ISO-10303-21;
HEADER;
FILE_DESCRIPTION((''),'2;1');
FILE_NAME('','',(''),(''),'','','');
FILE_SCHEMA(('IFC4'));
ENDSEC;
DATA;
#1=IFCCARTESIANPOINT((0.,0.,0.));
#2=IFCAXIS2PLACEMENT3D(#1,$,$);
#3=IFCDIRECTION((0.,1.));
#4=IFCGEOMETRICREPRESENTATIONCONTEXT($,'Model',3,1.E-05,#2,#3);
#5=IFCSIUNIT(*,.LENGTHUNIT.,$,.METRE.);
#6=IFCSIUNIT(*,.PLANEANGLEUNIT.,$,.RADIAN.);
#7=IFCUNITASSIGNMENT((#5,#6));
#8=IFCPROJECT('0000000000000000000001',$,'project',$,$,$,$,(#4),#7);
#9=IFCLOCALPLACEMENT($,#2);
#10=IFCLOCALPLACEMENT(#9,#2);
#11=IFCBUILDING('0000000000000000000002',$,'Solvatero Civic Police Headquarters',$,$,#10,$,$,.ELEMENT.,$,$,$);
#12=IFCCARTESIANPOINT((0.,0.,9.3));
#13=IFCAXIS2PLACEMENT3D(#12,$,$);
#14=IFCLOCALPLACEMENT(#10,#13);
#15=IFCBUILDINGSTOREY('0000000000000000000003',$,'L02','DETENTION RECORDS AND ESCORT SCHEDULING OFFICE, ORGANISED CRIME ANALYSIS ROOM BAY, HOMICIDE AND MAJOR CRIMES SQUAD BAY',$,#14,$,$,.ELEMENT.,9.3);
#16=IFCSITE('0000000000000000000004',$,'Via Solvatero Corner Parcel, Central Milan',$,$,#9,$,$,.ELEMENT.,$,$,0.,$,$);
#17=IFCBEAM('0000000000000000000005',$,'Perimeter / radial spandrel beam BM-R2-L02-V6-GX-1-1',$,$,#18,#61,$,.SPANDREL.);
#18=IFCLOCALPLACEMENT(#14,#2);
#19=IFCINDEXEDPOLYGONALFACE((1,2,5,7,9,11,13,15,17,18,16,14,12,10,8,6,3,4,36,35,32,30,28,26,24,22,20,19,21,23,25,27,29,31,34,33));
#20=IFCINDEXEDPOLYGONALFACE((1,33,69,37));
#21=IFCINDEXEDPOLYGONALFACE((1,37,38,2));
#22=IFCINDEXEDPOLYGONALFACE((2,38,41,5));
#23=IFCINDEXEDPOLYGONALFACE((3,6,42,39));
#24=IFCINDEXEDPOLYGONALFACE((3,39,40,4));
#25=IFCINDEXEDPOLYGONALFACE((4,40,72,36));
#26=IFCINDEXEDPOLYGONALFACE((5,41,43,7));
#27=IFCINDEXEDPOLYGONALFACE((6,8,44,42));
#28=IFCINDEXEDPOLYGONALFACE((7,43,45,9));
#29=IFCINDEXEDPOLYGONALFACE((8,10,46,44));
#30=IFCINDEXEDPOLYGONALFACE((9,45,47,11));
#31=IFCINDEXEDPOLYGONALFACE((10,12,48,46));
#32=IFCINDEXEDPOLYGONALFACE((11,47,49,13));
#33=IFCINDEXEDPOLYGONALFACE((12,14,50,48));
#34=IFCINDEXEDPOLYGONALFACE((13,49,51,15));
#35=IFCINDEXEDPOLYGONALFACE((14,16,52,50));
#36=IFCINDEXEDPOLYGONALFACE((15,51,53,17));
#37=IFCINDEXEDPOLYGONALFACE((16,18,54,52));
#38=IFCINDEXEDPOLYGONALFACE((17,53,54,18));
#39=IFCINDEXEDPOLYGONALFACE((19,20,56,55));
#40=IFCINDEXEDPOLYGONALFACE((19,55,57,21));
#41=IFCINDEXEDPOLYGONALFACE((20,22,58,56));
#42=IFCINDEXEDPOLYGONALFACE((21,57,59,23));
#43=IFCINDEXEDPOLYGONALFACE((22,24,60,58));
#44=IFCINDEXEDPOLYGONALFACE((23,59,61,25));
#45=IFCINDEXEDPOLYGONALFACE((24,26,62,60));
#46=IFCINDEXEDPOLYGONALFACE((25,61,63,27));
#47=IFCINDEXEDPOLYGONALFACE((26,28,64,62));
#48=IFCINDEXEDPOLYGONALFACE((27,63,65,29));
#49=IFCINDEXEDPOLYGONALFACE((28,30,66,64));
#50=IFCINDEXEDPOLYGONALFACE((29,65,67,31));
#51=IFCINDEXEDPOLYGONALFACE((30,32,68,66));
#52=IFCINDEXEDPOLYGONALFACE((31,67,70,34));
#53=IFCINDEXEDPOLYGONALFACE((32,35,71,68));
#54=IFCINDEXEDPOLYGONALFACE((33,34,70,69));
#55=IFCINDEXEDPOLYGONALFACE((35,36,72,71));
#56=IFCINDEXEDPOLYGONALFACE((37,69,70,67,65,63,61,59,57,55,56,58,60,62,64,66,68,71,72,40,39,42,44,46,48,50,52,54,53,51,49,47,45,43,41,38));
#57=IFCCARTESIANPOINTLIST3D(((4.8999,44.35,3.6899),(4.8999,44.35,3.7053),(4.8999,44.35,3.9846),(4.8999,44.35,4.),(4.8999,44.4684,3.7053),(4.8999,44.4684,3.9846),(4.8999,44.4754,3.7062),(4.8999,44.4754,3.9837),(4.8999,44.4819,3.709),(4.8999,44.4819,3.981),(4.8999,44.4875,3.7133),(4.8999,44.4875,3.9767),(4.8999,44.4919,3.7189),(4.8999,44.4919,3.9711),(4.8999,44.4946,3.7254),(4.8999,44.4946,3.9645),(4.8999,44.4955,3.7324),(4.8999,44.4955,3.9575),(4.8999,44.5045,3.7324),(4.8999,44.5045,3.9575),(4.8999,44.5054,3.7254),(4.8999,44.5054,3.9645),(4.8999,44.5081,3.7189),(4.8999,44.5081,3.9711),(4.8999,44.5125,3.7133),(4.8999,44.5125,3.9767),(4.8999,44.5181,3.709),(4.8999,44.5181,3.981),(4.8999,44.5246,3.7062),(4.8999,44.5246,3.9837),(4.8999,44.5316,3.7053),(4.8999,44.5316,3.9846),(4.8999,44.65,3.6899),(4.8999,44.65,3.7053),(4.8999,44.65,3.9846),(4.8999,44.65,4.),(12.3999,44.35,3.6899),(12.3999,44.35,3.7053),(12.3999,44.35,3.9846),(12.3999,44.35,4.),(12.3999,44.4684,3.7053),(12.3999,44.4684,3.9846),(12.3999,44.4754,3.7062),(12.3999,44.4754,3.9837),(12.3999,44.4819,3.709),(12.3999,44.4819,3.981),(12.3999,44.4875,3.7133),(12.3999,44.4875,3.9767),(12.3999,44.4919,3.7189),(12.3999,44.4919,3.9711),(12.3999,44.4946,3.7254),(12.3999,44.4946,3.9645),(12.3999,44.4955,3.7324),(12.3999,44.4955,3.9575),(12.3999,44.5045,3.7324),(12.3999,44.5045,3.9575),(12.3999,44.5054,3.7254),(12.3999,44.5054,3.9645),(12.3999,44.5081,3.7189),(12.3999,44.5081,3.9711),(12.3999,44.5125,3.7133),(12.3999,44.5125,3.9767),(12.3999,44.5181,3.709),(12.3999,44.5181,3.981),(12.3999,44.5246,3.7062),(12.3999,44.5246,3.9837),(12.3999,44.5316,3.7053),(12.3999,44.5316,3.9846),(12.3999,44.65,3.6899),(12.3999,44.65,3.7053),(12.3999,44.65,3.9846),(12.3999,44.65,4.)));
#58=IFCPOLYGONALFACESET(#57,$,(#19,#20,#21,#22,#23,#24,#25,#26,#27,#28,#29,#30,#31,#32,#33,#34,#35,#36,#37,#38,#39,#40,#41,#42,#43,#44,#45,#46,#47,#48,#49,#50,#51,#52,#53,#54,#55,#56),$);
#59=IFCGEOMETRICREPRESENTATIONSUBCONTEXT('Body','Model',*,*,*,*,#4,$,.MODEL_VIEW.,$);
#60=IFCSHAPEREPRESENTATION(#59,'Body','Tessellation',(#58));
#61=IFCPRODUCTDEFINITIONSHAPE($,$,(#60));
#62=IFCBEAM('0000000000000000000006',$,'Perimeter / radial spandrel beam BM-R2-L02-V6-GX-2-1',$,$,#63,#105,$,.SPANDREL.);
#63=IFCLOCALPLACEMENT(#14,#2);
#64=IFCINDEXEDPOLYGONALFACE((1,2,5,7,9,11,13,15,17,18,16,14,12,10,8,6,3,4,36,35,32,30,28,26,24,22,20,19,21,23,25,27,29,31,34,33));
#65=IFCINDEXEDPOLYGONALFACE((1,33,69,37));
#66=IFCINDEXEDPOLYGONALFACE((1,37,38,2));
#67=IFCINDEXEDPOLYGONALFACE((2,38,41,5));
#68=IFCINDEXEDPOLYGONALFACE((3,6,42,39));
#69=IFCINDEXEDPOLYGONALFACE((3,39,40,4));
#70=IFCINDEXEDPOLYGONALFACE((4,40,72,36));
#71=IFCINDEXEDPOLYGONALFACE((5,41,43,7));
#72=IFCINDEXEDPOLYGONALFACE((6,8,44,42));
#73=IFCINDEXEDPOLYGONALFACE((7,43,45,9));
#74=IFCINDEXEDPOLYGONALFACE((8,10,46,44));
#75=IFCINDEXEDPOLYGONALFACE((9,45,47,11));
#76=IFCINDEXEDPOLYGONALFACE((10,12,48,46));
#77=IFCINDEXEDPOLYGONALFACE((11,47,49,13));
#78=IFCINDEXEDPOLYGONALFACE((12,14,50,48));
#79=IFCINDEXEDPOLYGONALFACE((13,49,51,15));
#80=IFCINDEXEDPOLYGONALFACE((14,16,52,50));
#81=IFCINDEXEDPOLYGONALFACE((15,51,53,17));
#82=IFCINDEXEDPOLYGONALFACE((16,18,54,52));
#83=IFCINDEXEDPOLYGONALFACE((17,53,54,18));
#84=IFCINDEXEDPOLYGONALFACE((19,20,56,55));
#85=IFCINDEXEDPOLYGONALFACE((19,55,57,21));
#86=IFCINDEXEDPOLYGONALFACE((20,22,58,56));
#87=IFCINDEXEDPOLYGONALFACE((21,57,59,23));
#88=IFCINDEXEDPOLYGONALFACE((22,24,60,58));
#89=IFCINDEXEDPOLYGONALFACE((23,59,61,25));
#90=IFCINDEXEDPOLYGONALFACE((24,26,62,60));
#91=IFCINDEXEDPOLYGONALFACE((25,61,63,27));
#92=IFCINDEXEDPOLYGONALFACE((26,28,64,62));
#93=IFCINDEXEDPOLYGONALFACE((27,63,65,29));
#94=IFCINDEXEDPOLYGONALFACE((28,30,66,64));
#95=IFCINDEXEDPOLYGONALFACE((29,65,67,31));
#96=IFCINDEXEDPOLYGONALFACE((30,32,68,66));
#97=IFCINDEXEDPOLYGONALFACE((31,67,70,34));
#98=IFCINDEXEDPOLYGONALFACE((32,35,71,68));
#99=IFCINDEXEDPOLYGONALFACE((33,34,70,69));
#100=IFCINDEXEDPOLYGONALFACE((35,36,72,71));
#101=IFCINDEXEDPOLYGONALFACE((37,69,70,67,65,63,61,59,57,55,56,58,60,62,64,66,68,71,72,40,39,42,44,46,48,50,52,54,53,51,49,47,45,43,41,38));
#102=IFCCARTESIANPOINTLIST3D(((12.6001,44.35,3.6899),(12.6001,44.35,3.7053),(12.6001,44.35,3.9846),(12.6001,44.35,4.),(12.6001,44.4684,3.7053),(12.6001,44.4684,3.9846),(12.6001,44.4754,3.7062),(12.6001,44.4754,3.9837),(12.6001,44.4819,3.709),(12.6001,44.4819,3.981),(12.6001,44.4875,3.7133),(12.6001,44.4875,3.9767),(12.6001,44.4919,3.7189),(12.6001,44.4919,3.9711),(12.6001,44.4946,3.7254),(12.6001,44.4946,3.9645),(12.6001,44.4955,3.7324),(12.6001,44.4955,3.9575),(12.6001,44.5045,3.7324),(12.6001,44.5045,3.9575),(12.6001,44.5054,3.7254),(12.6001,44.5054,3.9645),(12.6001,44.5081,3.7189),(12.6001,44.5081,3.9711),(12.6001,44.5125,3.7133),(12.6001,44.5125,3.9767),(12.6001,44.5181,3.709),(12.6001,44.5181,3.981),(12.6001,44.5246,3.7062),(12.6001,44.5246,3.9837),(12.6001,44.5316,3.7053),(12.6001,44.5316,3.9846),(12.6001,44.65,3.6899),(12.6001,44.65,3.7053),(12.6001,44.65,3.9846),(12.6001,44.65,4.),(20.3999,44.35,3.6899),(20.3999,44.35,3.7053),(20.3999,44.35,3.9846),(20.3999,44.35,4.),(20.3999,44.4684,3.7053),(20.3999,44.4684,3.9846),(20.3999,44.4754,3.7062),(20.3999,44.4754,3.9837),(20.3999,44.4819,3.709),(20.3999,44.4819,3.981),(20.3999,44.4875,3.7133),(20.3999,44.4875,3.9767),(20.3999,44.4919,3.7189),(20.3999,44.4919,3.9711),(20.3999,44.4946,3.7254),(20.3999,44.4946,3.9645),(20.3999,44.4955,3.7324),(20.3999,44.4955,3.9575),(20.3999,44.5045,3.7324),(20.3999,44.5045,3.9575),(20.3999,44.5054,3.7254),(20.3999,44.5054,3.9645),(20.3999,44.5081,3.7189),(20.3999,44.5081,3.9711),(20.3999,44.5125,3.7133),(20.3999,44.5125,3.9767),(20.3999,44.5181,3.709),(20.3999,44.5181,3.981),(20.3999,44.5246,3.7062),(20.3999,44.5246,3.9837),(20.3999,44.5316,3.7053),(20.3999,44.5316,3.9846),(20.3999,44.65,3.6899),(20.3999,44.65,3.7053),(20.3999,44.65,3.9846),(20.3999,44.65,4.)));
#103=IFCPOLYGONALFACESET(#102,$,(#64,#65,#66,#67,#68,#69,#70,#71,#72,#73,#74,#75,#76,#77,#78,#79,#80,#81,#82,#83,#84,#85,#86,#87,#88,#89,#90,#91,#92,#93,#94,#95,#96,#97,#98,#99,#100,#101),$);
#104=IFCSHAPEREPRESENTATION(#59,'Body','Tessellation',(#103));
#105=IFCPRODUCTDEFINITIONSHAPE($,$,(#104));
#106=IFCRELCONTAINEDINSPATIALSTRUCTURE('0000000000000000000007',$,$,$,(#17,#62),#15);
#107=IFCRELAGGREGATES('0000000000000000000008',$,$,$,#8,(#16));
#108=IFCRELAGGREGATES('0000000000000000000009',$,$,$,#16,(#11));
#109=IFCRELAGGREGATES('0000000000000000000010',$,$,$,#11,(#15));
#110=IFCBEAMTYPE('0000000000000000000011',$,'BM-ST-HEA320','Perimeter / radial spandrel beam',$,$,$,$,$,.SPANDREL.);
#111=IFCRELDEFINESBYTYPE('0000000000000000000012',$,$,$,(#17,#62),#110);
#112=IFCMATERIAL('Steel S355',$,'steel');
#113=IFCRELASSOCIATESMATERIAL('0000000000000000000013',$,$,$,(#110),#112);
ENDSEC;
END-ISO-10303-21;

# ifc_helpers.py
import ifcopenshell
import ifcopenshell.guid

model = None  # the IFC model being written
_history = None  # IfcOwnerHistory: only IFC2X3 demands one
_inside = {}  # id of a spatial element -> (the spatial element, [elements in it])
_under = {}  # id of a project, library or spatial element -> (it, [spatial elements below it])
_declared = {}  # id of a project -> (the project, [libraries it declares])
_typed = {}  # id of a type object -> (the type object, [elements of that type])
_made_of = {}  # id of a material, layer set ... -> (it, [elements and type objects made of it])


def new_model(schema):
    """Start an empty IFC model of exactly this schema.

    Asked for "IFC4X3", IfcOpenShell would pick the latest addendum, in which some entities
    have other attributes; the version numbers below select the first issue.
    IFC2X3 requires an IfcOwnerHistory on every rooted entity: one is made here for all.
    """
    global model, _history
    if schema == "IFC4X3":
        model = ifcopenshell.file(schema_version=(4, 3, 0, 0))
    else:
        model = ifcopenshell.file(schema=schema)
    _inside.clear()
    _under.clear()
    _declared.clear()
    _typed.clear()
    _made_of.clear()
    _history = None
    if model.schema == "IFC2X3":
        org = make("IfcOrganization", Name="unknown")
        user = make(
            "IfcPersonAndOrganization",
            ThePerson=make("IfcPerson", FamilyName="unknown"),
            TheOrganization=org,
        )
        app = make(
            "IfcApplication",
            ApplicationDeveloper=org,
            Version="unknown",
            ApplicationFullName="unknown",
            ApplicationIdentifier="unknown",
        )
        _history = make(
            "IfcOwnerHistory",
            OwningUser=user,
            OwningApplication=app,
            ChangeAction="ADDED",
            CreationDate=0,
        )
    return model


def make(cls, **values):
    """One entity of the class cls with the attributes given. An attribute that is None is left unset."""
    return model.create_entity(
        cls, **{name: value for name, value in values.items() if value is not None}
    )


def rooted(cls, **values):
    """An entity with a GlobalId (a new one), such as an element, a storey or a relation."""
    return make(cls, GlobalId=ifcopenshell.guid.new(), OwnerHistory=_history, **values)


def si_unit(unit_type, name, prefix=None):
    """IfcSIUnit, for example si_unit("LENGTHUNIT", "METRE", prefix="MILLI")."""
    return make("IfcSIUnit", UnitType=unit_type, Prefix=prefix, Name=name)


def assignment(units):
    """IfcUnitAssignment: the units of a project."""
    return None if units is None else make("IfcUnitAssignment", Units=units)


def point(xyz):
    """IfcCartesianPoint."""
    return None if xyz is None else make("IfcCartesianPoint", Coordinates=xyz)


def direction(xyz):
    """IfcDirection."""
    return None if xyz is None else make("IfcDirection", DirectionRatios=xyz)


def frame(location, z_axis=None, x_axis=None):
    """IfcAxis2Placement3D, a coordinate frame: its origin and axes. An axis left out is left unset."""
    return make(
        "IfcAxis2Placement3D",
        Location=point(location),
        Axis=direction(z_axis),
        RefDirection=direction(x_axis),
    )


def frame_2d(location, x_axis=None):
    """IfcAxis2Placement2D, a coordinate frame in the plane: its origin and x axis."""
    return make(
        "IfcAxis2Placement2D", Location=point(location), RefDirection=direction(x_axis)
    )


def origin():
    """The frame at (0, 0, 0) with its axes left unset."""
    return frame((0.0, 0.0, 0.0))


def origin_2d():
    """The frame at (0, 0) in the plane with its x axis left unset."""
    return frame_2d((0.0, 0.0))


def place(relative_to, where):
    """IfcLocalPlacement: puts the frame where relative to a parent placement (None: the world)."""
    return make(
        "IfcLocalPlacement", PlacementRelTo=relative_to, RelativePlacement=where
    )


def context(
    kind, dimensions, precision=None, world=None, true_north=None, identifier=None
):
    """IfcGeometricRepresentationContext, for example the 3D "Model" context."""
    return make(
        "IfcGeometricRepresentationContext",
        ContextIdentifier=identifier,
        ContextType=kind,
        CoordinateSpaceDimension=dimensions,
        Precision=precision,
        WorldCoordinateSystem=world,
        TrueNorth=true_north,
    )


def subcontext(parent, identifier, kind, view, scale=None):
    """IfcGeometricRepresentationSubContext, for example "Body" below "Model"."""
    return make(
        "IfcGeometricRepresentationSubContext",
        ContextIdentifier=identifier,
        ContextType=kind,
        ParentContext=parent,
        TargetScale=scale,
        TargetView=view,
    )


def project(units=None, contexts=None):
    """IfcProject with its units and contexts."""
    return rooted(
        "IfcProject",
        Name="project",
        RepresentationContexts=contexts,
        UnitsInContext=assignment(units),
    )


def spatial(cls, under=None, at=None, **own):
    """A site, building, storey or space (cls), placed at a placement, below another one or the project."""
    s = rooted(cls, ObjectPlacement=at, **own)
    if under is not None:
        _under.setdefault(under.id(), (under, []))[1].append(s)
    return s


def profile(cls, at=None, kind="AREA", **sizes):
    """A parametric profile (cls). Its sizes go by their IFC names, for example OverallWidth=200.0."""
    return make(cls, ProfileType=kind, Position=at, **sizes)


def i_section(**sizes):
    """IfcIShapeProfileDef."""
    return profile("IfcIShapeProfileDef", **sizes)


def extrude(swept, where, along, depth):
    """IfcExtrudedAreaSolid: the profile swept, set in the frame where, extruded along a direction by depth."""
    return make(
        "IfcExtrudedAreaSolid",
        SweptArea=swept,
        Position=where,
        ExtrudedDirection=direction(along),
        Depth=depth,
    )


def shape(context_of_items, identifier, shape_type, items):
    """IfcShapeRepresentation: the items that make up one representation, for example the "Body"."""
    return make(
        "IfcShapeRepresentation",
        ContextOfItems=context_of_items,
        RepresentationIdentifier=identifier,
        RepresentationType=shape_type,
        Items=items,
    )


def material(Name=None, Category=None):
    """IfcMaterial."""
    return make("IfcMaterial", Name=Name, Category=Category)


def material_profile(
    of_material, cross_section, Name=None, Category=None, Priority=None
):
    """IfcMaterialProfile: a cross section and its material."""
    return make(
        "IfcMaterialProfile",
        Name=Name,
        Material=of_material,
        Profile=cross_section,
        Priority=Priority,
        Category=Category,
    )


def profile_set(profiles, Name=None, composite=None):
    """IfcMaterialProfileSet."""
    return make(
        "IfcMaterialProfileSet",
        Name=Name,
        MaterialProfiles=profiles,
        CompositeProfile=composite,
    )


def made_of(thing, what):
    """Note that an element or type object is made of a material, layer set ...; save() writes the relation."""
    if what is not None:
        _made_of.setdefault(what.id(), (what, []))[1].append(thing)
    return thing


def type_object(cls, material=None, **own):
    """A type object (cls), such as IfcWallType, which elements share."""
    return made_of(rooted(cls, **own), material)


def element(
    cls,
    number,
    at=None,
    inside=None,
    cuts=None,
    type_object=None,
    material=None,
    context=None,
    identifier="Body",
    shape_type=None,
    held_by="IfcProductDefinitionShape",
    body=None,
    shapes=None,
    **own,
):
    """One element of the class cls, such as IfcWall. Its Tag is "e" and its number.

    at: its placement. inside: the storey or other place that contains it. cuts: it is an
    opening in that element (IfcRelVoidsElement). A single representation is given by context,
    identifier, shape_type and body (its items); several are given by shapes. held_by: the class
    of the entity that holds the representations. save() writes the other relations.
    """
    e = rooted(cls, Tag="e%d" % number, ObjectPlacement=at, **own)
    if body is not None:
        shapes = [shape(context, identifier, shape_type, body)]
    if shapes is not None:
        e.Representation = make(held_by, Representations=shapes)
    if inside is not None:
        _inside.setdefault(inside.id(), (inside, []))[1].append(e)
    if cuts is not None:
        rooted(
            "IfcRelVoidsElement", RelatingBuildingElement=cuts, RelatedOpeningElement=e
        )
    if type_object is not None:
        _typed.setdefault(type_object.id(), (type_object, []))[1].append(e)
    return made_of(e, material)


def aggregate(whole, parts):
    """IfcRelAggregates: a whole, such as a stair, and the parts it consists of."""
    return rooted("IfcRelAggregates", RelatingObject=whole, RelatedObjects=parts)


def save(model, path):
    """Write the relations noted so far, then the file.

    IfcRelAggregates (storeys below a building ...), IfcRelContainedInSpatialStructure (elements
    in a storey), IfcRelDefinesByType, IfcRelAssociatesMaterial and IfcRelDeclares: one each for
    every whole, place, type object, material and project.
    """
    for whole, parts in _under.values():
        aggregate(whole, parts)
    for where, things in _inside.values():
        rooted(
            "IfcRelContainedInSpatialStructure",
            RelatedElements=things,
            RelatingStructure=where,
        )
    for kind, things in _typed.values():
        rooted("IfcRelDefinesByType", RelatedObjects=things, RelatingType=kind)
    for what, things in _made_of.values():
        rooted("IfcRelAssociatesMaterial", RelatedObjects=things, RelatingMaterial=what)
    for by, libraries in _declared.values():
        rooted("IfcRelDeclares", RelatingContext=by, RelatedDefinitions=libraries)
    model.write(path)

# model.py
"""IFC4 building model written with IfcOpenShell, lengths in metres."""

from ifc_helpers import new_model, si_unit, direction, frame, origin, origin_2d, place, context, subcontext, project, spatial, i_section, extrude, material, material_profile, profile_set, type_object, element, save


model = new_model("IFC4")

# Units and contexts
model_context = context("Model", 3, precision=1e-05, world=origin(), true_north=direction((0.0, 1.0)))
body_context = subcontext(model_context, "Body", "Model", "MODEL_VIEW")
ifc_project = project(units=[si_unit("LENGTHUNIT", "METRE"), si_unit("PLANEANGLEUNIT", "RADIAN")], contexts=[model_context])

# Site, building, storey
site_placement = place(None, origin())
site = spatial("IfcSite", under=ifc_project, at=site_placement, Name="Via Solvatero Corner Parcel, Central Milan", CompositionType="ELEMENT", RefElevation=0.0)
building_placement = place(site_placement, origin())
building = spatial("IfcBuilding", under=site, at=building_placement, Name="Solvatero Civic Police Headquarters", CompositionType="ELEMENT")
storey_placement = place(building_placement, frame((0.0, 0.0, 9.3)))
storey = spatial("IfcBuildingStorey", under=building, at=storey_placement, Name="L02", Description="DETENTION RECORDS AND ESCORT SCHEDULING OFFICE, ORGANISED CRIME ANALYSIS ROOM BAY, HOMICIDE AND MAJOR CRIMES SQUAD BAY", CompositionType="ELEMENT", Elevation=9.3)

# Shared definitions
ifc_material_1 = material(Name="Steel S355", Category="steel")

# Beams
ifc_material_profile_1 = material_profile(ifc_material_1, i_section(OverallWidth=0.3, OverallDepth=0.3101, WebThickness=0.009, FlangeThickness=0.0154, FilletRadius=0.0271, at=origin_2d()), Name="HEA 320")
ifc_profile_set_1 = profile_set([ifc_material_profile_1], Name="Steel S355")
beam_type_1 = type_object("IfcBeamType", Name="BM-ST-HEA320", Description="Perimeter / radial spandrel beam", PredefinedType="SPANDREL", material=ifc_profile_set_1)
beam_1_placement = place(storey_placement, frame((4.8999, 44.5, 3.845), z_axis=(1.0, 0.0, 0.0), x_axis=(0.0, 1.0, 0.0)))
element("IfcBeam", 1, at=beam_1_placement, inside=storey, type_object=beam_type_1, Name="Perimeter / radial spandrel beam BM-R2-L02-V6-GX-1-1", PredefinedType="SPANDREL", context=body_context, shape_type="SweptSolid", body=[
    extrude(i_section(OverallWidth=0.3, OverallDepth=0.3101, WebThickness=0.009, FlangeThickness=0.0154, FilletRadius=0.0271, at=origin_2d()), origin(), (0.0, 0.0, 1.0), 7.5),
])
beam_2_placement = place(storey_placement, frame((12.6001, 44.5, 3.845), z_axis=(1.0, 0.0, 0.0), x_axis=(0.0, 1.0, 0.0)))
element("IfcBeam", 2, at=beam_2_placement, inside=storey, type_object=beam_type_1, Name="Perimeter / radial spandrel beam BM-R2-L02-V6-GX-2-1", PredefinedType="SPANDREL", context=body_context, shape_type="SweptSolid", body=[
    extrude(i_section(OverallWidth=0.3, OverallDepth=0.3101, WebThickness=0.009, FlangeThickness=0.0154, FilletRadius=0.0271, at=origin_2d()), origin(), (0.0, 0.0, 1.0), 7.7998),
])

save(model, "model.ifc")
